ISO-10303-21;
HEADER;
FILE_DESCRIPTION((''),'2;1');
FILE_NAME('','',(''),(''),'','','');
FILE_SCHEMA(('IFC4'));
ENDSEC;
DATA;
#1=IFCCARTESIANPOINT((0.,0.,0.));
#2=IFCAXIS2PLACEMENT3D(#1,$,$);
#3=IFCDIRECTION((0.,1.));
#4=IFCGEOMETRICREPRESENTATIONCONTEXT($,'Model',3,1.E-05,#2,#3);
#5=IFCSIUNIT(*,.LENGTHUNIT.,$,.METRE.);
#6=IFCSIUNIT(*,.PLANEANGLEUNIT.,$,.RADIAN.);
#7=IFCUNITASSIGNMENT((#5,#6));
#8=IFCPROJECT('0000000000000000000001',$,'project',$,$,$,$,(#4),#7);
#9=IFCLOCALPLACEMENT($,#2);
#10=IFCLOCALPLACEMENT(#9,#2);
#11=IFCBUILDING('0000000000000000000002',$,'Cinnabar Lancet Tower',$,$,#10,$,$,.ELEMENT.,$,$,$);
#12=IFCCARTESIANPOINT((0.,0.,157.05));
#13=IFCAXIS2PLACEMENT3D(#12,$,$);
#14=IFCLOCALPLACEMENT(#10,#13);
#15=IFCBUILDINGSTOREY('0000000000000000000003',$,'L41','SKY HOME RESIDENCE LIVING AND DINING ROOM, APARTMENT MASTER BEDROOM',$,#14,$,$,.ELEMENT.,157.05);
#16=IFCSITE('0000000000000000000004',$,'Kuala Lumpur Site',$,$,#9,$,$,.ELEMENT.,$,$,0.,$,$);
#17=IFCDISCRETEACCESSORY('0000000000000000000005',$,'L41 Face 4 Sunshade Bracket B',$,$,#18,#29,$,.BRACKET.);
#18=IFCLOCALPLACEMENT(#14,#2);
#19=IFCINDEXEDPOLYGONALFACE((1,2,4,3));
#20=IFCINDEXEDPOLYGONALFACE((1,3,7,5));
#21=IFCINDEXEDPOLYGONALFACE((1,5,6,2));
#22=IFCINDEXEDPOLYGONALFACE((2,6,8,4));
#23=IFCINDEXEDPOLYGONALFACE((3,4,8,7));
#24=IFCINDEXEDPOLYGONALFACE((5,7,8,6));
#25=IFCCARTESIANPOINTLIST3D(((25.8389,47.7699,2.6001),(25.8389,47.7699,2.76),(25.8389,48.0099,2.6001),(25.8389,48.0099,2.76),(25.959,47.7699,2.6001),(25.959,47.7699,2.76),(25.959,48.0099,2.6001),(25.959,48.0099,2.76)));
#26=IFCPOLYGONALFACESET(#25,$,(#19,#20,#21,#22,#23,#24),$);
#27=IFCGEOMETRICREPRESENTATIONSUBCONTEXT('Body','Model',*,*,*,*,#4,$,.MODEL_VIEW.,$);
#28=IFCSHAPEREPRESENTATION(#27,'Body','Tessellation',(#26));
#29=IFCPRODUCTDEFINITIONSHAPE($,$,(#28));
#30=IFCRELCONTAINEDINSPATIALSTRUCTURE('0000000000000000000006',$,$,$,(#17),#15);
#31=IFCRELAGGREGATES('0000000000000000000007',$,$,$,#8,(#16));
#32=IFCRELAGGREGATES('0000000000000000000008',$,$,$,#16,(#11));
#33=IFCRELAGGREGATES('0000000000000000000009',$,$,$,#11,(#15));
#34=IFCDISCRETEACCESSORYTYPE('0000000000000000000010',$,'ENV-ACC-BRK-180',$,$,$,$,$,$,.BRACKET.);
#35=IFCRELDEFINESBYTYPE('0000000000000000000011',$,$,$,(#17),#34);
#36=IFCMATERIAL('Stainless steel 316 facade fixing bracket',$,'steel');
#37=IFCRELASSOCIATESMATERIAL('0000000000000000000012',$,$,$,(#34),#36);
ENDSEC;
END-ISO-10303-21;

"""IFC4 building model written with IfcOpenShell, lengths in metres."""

from ifc_helpers import new_model, si_unit, direction, frame, origin, origin_2d, place, context, subcontext, project, spatial, rectangle, extrude, material, type_object, element, save


model = new_model("IFC4")

# Units and contexts
model_context = context("Model", 3, precision=1e-05, world=origin(), true_north=direction((0.0, 1.0)))
body_context = subcontext(model_context, "Body", "Model", "MODEL_VIEW")
ifc_project = project(units=[si_unit("LENGTHUNIT", "METRE"), si_unit("PLANEANGLEUNIT", "RADIAN")], contexts=[model_context])

# Site, building, storey
site_placement = place(None, origin())
site = spatial("IfcSite", under=ifc_project, at=site_placement, Name="Kuala Lumpur Site", CompositionType="ELEMENT", RefElevation=0.0)
building_placement = place(site_placement, origin())
building = spatial("IfcBuilding", under=site, at=building_placement, Name="Cinnabar Lancet Tower", CompositionType="ELEMENT")
storey_placement = place(building_placement, frame((0.0, 0.0, 157.05)))
storey = spatial("IfcBuildingStorey", under=building, at=storey_placement, Name="L41", Description="SKY HOME RESIDENCE LIVING AND DINING ROOM, APARTMENT MASTER BEDROOM", CompositionType="ELEMENT", Elevation=157.05)

# Discrete accessory
ifc_material_1 = material(Name="Stainless steel 316 facade fixing bracket", Category="steel")
discrete_accessory_type = type_object("IfcDiscreteAccessoryType", Name="ENV-ACC-BRK-180", PredefinedType="BRACKET", material=ifc_material_1)
discrete_accessory_placement = place(storey_placement, frame((25.8989, 47.8899, 2.6001), z_axis=(0.0, 0.0, 1.0), x_axis=(-1.0, 0.0, 0.0)))
element("IfcDiscreteAccessory", 1, at=discrete_accessory_placement, inside=storey, type_object=discrete_accessory_type, Name="L41 Face 4 Sunshade Bracket B", PredefinedType="BRACKET", context=body_context, shape_type="SweptSolid", body=[
    extrude(rectangle(XDim=0.1201, YDim=0.24, at=origin_2d()), origin(), (0.0, 0.0, 1.0), 0.1599),
])

save(model, "model.ifc")
